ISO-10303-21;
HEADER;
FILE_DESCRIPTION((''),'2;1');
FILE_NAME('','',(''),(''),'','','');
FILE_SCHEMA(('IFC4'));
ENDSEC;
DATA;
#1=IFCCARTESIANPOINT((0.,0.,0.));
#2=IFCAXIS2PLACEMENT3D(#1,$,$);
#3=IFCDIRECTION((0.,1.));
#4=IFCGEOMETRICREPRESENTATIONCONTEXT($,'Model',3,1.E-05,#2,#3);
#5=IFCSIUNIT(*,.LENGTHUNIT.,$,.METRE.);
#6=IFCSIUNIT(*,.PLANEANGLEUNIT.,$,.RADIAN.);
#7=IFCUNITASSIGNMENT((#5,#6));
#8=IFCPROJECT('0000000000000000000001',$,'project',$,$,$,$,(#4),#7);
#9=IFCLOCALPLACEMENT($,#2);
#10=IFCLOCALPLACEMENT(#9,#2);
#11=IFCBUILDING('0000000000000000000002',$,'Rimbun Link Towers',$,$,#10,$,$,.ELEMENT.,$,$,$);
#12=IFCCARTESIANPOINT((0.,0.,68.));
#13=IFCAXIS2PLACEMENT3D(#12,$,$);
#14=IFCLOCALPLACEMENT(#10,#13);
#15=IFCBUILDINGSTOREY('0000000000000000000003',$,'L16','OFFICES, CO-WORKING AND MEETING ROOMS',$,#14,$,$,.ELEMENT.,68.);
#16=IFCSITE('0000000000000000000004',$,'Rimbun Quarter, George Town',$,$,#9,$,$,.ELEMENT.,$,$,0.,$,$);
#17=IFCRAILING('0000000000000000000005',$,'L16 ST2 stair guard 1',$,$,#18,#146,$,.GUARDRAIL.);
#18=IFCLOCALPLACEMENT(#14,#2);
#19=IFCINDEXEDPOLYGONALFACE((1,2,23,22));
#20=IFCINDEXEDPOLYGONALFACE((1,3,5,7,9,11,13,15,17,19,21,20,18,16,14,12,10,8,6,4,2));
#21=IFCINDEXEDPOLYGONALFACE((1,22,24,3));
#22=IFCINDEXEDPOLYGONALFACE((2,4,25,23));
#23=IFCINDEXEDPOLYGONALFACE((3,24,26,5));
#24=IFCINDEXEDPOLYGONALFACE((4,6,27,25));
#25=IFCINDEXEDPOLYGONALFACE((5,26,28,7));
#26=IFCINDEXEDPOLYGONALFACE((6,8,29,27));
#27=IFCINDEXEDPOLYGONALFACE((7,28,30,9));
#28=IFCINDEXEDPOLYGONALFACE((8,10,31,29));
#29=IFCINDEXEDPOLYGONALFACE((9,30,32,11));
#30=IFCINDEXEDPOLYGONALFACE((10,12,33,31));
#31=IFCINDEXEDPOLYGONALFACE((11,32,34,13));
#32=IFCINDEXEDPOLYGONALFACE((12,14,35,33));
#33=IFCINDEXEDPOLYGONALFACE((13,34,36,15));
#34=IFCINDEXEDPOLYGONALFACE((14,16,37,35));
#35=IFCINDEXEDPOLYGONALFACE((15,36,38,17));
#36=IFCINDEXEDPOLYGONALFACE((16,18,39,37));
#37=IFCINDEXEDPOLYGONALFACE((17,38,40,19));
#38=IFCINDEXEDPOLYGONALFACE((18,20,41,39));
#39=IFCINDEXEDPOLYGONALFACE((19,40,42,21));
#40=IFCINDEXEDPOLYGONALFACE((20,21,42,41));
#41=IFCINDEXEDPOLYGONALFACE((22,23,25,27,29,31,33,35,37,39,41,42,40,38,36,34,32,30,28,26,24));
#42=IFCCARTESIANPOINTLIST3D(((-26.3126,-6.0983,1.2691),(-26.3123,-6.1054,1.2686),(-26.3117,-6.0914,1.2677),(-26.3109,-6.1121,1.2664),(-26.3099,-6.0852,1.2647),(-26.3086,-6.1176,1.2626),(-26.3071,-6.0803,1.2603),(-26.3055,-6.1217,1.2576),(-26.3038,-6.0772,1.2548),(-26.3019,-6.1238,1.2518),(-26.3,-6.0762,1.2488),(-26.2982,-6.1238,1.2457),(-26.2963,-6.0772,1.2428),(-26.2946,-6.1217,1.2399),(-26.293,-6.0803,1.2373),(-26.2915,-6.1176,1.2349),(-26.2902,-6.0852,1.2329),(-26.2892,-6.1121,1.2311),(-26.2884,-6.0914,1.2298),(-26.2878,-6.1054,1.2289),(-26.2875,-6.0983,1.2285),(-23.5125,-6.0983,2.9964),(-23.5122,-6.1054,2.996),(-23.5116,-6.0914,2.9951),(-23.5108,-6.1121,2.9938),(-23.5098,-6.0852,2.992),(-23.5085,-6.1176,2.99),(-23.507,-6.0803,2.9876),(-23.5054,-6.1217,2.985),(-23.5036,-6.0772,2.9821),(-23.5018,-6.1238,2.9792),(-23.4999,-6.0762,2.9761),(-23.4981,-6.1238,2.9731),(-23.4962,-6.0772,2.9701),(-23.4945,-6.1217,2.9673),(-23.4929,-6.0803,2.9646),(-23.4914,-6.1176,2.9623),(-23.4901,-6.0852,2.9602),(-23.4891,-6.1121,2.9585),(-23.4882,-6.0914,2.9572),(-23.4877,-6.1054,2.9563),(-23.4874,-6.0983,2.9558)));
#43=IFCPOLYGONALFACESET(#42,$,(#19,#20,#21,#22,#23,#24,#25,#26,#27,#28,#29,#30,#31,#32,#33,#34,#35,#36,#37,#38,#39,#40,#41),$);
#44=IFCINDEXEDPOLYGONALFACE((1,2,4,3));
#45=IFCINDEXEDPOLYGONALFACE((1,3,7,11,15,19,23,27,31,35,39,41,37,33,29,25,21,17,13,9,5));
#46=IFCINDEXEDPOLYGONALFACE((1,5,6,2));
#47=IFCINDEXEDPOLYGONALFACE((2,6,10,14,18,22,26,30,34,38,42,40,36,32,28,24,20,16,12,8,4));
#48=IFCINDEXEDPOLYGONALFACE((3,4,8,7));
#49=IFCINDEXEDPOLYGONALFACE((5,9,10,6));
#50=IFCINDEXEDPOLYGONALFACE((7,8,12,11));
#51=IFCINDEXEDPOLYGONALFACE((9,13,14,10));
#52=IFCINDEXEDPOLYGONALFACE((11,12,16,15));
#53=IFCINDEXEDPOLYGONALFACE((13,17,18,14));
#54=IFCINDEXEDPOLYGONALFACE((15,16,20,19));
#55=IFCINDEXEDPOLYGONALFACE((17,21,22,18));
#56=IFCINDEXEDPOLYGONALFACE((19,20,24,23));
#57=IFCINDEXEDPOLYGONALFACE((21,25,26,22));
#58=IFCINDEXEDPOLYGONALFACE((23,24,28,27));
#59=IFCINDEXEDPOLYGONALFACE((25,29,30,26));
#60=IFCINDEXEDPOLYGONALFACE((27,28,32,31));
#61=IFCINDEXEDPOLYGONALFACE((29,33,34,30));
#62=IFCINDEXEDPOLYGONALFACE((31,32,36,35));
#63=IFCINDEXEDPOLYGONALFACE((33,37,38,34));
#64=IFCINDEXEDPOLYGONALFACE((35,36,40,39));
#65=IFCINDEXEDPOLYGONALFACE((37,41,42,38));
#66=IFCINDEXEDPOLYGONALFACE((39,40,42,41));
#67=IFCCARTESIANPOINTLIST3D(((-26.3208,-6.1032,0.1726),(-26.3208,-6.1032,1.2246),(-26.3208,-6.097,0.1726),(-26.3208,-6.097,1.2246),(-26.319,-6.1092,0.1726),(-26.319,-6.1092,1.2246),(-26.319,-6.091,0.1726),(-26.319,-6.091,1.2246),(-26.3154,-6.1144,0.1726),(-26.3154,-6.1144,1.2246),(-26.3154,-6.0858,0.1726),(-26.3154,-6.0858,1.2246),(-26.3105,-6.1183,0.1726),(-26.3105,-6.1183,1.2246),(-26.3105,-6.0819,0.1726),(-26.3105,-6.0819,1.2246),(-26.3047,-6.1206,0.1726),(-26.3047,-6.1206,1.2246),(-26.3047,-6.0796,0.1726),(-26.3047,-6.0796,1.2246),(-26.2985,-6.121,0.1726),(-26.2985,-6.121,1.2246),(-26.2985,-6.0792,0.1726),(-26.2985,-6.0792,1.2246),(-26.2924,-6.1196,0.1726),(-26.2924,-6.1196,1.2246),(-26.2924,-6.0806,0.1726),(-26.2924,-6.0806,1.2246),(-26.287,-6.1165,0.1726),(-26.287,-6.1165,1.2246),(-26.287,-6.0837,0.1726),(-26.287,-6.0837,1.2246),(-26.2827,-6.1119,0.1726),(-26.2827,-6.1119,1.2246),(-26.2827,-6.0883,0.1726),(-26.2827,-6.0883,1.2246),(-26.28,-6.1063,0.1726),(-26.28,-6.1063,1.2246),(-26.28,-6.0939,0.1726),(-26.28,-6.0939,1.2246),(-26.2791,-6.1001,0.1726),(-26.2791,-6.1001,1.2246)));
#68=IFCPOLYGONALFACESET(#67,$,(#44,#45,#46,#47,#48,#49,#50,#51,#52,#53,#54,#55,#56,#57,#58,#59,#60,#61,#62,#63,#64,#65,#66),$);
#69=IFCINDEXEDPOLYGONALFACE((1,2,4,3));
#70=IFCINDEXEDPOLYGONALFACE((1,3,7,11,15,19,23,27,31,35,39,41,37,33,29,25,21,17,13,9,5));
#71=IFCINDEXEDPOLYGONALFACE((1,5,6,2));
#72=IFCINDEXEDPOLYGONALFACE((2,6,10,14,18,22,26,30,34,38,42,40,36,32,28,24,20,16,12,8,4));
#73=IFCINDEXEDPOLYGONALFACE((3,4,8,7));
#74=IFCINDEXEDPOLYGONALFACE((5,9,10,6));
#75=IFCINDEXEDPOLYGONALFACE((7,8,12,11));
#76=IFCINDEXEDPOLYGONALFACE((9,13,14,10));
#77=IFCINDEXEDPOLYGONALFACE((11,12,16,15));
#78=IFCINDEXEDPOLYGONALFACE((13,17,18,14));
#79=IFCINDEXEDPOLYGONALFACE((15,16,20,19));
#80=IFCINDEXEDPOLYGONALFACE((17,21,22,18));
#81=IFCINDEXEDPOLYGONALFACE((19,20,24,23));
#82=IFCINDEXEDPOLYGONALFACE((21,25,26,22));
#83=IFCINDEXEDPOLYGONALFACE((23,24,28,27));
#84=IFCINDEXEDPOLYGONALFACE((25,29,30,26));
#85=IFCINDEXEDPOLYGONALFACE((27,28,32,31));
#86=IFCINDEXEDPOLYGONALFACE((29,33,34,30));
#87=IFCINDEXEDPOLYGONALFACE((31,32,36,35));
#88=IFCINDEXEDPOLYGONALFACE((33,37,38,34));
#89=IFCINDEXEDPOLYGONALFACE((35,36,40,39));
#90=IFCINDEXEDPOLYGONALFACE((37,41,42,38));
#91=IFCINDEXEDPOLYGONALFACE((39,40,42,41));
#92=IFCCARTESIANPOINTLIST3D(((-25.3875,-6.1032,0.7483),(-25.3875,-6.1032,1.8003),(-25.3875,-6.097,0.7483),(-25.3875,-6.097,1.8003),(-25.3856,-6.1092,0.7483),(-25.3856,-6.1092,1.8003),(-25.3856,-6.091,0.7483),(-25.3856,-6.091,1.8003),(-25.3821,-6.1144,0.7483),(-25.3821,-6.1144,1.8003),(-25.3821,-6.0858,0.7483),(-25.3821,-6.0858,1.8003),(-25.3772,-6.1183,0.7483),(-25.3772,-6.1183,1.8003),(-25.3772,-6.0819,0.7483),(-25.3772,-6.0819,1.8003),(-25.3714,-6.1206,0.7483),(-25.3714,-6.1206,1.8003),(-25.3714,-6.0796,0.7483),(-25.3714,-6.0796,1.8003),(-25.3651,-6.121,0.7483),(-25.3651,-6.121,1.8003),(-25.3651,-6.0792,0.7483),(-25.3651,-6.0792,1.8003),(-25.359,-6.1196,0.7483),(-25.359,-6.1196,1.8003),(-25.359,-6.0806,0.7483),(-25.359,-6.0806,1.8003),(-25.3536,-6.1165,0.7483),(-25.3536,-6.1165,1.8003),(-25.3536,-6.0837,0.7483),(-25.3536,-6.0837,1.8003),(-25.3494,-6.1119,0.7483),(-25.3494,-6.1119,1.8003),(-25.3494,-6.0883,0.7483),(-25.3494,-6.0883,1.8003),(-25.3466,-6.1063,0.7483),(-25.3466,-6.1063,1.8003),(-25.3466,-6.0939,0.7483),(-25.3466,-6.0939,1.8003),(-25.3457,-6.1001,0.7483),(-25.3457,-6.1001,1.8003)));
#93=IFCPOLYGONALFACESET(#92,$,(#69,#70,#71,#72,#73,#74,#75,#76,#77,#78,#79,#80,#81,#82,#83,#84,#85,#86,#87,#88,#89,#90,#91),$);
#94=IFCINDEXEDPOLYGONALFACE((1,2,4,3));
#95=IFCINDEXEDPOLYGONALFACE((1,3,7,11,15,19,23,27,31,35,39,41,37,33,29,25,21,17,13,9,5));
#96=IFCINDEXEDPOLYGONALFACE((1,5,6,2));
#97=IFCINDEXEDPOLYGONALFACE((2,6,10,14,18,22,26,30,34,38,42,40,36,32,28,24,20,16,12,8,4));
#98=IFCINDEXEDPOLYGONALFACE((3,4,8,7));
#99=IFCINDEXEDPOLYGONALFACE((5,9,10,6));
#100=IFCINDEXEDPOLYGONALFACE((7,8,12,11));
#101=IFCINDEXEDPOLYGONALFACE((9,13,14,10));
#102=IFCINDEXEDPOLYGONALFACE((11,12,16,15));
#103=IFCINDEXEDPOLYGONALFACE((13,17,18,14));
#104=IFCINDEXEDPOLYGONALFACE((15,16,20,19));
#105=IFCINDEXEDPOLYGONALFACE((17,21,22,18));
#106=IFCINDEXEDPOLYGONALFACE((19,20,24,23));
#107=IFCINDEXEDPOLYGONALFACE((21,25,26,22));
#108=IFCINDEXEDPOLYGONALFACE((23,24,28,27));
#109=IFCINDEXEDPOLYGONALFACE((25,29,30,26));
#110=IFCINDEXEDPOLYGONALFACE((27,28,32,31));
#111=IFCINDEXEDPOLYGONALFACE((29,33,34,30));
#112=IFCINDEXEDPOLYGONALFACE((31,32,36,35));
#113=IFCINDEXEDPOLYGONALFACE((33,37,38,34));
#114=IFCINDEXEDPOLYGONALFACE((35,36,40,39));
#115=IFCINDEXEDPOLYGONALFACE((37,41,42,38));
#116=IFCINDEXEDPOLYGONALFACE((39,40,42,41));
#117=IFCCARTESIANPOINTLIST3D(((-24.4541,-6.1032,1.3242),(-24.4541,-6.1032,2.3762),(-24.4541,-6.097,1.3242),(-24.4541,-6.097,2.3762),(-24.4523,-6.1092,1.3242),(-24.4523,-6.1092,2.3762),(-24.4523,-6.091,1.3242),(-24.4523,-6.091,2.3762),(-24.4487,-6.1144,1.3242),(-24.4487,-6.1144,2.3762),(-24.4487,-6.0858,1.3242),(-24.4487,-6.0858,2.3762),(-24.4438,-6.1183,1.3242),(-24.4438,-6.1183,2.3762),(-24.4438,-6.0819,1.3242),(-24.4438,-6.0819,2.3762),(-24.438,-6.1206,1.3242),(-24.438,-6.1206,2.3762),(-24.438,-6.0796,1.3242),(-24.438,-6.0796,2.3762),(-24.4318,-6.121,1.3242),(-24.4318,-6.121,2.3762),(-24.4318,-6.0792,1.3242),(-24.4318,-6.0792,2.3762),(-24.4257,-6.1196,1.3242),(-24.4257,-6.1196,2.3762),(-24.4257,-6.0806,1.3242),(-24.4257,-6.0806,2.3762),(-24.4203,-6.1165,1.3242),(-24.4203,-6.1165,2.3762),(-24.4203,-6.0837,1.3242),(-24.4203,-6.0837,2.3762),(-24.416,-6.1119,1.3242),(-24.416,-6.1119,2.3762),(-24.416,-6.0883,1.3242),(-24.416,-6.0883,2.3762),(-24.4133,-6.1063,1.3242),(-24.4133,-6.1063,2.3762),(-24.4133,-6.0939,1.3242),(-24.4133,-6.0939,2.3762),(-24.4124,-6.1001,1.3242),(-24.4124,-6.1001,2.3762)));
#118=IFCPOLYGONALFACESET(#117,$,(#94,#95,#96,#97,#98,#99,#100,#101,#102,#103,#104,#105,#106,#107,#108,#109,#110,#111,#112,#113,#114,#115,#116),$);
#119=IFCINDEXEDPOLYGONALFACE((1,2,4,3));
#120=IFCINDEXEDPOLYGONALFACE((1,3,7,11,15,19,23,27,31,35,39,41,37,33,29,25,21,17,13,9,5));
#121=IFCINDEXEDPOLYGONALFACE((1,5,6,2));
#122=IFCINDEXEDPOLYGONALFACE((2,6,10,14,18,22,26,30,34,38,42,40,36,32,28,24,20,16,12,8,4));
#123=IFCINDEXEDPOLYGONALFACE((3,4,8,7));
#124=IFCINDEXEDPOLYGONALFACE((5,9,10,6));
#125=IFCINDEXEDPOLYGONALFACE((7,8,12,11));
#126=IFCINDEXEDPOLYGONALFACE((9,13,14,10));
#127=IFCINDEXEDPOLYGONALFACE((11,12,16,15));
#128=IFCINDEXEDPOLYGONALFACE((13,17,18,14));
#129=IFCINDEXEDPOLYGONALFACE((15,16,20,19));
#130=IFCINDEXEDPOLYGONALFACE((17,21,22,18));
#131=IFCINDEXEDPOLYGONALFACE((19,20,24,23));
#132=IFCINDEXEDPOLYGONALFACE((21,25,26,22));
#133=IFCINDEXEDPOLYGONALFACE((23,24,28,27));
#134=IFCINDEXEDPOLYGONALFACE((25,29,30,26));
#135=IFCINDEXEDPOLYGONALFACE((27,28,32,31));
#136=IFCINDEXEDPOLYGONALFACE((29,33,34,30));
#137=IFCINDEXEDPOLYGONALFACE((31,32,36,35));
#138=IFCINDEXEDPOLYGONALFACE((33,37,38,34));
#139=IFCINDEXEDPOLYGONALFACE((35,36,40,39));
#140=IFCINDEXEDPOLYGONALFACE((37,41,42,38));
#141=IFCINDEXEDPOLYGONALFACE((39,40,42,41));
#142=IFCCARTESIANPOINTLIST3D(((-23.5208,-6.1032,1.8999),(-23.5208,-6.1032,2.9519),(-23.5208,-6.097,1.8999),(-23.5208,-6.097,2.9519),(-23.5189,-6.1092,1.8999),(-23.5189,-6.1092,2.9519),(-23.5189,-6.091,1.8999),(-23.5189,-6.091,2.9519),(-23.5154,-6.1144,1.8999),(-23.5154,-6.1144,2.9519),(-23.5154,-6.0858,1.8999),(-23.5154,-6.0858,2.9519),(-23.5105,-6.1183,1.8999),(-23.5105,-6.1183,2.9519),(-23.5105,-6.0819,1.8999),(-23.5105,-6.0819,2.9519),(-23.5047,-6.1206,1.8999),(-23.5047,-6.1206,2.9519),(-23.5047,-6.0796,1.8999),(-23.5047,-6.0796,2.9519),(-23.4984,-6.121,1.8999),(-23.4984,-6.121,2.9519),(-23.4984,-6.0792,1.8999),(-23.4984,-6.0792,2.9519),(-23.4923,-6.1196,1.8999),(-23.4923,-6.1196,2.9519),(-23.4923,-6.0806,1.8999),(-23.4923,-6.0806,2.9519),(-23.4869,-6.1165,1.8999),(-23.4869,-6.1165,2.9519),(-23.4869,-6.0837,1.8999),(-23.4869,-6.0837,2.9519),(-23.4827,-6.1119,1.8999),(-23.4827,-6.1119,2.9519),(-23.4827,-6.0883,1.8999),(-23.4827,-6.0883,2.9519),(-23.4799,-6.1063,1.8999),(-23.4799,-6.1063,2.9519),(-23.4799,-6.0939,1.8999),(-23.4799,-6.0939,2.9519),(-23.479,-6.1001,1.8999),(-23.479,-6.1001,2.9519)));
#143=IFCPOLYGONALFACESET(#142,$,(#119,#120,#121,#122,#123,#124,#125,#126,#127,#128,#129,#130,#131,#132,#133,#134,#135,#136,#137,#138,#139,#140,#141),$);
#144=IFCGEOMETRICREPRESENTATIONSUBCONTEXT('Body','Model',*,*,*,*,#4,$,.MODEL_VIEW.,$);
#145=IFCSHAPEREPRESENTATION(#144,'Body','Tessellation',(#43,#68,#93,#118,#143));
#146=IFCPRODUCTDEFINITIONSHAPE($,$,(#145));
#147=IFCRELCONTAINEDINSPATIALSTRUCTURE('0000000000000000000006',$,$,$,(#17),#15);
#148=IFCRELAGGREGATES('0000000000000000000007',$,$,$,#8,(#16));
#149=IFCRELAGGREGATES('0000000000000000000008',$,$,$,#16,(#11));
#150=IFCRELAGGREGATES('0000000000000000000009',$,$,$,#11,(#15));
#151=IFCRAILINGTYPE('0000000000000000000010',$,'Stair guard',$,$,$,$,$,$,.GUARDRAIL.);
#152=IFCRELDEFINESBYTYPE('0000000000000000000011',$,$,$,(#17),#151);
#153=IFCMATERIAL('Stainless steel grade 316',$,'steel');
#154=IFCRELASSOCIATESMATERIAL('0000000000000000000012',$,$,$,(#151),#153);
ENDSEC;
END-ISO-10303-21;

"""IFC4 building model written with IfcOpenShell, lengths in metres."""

from ifc_helpers import new_model, si_unit, direction, frame, origin, origin_2d, place, context, subcontext, project, spatial, circle, extrude, material, type_object, element, save


model = new_model("IFC4")

# Units and contexts
model_context = context("Model", 3, precision=1e-05, world=origin(), true_north=direction((0.0, 1.0)))
body_context = subcontext(model_context, "Body", "Model", "MODEL_VIEW")
ifc_project = project(units=[si_unit("LENGTHUNIT", "METRE"), si_unit("PLANEANGLEUNIT", "RADIAN")], contexts=[model_context])

# Site, building, storey
site_placement = place(None, origin())
site = spatial("IfcSite", under=ifc_project, at=site_placement, Name="Rimbun Quarter, George Town", CompositionType="ELEMENT", RefElevation=0.0)
building_placement = place(site_placement, origin())
building = spatial("IfcBuilding", under=site, at=building_placement, Name="Rimbun Link Towers", CompositionType="ELEMENT")
storey_placement = place(building_placement, frame((0.0, 0.0, 68.0)))
storey = spatial("IfcBuildingStorey", under=building, at=storey_placement, Name="L16", Description="OFFICES, CO-WORKING AND MEETING ROOMS", CompositionType="ELEMENT", Elevation=68.0)

# Railing
ifc_material_1 = material(Name="Stainless steel grade 316", Category="steel")
railing_type_1 = type_object("IfcRailingType", Name="Stair guard", PredefinedType="GUARDRAIL", material=ifc_material_1)
railing_1_placement = place(storey_placement, frame((-26.3, -6.1001, 0.1726)))
element("IfcRailing", 1, at=railing_1_placement, inside=storey, type_object=railing_type_1, Name="L16 ST2 stair guard 1", PredefinedType="GUARDRAIL", context=body_context, shape_type="SweptSolid", body=[
    extrude(circle(Radius=0.0239, at=origin_2d()), frame((0.0, 0.0, 1.0762), z_axis=(0.85109, 0.0, 0.52502), x_axis=(0.0, 1.0, 0.0)), (0.0, 0.0, 1.0), 3.29),
    extrude(circle(Radius=0.021, at=origin_2d()), origin(), (0.0, 0.0, 1.0), 1.052),
    extrude(circle(Radius=0.021, at=origin_2d()), frame((0.9333, 0.0, 0.5757)), (0.0, 0.0, 1.0), 1.052),
    extrude(circle(Radius=0.021, at=origin_2d()), frame((1.8667, 0.0, 1.1516)), (0.0, 0.0, 1.0), 1.052),
    extrude(circle(Radius=0.021, at=origin_2d()), frame((2.8, 0.0, 1.7273)), (0.0, 0.0, 1.0), 1.052),
])

save(model, "model.ifc")
